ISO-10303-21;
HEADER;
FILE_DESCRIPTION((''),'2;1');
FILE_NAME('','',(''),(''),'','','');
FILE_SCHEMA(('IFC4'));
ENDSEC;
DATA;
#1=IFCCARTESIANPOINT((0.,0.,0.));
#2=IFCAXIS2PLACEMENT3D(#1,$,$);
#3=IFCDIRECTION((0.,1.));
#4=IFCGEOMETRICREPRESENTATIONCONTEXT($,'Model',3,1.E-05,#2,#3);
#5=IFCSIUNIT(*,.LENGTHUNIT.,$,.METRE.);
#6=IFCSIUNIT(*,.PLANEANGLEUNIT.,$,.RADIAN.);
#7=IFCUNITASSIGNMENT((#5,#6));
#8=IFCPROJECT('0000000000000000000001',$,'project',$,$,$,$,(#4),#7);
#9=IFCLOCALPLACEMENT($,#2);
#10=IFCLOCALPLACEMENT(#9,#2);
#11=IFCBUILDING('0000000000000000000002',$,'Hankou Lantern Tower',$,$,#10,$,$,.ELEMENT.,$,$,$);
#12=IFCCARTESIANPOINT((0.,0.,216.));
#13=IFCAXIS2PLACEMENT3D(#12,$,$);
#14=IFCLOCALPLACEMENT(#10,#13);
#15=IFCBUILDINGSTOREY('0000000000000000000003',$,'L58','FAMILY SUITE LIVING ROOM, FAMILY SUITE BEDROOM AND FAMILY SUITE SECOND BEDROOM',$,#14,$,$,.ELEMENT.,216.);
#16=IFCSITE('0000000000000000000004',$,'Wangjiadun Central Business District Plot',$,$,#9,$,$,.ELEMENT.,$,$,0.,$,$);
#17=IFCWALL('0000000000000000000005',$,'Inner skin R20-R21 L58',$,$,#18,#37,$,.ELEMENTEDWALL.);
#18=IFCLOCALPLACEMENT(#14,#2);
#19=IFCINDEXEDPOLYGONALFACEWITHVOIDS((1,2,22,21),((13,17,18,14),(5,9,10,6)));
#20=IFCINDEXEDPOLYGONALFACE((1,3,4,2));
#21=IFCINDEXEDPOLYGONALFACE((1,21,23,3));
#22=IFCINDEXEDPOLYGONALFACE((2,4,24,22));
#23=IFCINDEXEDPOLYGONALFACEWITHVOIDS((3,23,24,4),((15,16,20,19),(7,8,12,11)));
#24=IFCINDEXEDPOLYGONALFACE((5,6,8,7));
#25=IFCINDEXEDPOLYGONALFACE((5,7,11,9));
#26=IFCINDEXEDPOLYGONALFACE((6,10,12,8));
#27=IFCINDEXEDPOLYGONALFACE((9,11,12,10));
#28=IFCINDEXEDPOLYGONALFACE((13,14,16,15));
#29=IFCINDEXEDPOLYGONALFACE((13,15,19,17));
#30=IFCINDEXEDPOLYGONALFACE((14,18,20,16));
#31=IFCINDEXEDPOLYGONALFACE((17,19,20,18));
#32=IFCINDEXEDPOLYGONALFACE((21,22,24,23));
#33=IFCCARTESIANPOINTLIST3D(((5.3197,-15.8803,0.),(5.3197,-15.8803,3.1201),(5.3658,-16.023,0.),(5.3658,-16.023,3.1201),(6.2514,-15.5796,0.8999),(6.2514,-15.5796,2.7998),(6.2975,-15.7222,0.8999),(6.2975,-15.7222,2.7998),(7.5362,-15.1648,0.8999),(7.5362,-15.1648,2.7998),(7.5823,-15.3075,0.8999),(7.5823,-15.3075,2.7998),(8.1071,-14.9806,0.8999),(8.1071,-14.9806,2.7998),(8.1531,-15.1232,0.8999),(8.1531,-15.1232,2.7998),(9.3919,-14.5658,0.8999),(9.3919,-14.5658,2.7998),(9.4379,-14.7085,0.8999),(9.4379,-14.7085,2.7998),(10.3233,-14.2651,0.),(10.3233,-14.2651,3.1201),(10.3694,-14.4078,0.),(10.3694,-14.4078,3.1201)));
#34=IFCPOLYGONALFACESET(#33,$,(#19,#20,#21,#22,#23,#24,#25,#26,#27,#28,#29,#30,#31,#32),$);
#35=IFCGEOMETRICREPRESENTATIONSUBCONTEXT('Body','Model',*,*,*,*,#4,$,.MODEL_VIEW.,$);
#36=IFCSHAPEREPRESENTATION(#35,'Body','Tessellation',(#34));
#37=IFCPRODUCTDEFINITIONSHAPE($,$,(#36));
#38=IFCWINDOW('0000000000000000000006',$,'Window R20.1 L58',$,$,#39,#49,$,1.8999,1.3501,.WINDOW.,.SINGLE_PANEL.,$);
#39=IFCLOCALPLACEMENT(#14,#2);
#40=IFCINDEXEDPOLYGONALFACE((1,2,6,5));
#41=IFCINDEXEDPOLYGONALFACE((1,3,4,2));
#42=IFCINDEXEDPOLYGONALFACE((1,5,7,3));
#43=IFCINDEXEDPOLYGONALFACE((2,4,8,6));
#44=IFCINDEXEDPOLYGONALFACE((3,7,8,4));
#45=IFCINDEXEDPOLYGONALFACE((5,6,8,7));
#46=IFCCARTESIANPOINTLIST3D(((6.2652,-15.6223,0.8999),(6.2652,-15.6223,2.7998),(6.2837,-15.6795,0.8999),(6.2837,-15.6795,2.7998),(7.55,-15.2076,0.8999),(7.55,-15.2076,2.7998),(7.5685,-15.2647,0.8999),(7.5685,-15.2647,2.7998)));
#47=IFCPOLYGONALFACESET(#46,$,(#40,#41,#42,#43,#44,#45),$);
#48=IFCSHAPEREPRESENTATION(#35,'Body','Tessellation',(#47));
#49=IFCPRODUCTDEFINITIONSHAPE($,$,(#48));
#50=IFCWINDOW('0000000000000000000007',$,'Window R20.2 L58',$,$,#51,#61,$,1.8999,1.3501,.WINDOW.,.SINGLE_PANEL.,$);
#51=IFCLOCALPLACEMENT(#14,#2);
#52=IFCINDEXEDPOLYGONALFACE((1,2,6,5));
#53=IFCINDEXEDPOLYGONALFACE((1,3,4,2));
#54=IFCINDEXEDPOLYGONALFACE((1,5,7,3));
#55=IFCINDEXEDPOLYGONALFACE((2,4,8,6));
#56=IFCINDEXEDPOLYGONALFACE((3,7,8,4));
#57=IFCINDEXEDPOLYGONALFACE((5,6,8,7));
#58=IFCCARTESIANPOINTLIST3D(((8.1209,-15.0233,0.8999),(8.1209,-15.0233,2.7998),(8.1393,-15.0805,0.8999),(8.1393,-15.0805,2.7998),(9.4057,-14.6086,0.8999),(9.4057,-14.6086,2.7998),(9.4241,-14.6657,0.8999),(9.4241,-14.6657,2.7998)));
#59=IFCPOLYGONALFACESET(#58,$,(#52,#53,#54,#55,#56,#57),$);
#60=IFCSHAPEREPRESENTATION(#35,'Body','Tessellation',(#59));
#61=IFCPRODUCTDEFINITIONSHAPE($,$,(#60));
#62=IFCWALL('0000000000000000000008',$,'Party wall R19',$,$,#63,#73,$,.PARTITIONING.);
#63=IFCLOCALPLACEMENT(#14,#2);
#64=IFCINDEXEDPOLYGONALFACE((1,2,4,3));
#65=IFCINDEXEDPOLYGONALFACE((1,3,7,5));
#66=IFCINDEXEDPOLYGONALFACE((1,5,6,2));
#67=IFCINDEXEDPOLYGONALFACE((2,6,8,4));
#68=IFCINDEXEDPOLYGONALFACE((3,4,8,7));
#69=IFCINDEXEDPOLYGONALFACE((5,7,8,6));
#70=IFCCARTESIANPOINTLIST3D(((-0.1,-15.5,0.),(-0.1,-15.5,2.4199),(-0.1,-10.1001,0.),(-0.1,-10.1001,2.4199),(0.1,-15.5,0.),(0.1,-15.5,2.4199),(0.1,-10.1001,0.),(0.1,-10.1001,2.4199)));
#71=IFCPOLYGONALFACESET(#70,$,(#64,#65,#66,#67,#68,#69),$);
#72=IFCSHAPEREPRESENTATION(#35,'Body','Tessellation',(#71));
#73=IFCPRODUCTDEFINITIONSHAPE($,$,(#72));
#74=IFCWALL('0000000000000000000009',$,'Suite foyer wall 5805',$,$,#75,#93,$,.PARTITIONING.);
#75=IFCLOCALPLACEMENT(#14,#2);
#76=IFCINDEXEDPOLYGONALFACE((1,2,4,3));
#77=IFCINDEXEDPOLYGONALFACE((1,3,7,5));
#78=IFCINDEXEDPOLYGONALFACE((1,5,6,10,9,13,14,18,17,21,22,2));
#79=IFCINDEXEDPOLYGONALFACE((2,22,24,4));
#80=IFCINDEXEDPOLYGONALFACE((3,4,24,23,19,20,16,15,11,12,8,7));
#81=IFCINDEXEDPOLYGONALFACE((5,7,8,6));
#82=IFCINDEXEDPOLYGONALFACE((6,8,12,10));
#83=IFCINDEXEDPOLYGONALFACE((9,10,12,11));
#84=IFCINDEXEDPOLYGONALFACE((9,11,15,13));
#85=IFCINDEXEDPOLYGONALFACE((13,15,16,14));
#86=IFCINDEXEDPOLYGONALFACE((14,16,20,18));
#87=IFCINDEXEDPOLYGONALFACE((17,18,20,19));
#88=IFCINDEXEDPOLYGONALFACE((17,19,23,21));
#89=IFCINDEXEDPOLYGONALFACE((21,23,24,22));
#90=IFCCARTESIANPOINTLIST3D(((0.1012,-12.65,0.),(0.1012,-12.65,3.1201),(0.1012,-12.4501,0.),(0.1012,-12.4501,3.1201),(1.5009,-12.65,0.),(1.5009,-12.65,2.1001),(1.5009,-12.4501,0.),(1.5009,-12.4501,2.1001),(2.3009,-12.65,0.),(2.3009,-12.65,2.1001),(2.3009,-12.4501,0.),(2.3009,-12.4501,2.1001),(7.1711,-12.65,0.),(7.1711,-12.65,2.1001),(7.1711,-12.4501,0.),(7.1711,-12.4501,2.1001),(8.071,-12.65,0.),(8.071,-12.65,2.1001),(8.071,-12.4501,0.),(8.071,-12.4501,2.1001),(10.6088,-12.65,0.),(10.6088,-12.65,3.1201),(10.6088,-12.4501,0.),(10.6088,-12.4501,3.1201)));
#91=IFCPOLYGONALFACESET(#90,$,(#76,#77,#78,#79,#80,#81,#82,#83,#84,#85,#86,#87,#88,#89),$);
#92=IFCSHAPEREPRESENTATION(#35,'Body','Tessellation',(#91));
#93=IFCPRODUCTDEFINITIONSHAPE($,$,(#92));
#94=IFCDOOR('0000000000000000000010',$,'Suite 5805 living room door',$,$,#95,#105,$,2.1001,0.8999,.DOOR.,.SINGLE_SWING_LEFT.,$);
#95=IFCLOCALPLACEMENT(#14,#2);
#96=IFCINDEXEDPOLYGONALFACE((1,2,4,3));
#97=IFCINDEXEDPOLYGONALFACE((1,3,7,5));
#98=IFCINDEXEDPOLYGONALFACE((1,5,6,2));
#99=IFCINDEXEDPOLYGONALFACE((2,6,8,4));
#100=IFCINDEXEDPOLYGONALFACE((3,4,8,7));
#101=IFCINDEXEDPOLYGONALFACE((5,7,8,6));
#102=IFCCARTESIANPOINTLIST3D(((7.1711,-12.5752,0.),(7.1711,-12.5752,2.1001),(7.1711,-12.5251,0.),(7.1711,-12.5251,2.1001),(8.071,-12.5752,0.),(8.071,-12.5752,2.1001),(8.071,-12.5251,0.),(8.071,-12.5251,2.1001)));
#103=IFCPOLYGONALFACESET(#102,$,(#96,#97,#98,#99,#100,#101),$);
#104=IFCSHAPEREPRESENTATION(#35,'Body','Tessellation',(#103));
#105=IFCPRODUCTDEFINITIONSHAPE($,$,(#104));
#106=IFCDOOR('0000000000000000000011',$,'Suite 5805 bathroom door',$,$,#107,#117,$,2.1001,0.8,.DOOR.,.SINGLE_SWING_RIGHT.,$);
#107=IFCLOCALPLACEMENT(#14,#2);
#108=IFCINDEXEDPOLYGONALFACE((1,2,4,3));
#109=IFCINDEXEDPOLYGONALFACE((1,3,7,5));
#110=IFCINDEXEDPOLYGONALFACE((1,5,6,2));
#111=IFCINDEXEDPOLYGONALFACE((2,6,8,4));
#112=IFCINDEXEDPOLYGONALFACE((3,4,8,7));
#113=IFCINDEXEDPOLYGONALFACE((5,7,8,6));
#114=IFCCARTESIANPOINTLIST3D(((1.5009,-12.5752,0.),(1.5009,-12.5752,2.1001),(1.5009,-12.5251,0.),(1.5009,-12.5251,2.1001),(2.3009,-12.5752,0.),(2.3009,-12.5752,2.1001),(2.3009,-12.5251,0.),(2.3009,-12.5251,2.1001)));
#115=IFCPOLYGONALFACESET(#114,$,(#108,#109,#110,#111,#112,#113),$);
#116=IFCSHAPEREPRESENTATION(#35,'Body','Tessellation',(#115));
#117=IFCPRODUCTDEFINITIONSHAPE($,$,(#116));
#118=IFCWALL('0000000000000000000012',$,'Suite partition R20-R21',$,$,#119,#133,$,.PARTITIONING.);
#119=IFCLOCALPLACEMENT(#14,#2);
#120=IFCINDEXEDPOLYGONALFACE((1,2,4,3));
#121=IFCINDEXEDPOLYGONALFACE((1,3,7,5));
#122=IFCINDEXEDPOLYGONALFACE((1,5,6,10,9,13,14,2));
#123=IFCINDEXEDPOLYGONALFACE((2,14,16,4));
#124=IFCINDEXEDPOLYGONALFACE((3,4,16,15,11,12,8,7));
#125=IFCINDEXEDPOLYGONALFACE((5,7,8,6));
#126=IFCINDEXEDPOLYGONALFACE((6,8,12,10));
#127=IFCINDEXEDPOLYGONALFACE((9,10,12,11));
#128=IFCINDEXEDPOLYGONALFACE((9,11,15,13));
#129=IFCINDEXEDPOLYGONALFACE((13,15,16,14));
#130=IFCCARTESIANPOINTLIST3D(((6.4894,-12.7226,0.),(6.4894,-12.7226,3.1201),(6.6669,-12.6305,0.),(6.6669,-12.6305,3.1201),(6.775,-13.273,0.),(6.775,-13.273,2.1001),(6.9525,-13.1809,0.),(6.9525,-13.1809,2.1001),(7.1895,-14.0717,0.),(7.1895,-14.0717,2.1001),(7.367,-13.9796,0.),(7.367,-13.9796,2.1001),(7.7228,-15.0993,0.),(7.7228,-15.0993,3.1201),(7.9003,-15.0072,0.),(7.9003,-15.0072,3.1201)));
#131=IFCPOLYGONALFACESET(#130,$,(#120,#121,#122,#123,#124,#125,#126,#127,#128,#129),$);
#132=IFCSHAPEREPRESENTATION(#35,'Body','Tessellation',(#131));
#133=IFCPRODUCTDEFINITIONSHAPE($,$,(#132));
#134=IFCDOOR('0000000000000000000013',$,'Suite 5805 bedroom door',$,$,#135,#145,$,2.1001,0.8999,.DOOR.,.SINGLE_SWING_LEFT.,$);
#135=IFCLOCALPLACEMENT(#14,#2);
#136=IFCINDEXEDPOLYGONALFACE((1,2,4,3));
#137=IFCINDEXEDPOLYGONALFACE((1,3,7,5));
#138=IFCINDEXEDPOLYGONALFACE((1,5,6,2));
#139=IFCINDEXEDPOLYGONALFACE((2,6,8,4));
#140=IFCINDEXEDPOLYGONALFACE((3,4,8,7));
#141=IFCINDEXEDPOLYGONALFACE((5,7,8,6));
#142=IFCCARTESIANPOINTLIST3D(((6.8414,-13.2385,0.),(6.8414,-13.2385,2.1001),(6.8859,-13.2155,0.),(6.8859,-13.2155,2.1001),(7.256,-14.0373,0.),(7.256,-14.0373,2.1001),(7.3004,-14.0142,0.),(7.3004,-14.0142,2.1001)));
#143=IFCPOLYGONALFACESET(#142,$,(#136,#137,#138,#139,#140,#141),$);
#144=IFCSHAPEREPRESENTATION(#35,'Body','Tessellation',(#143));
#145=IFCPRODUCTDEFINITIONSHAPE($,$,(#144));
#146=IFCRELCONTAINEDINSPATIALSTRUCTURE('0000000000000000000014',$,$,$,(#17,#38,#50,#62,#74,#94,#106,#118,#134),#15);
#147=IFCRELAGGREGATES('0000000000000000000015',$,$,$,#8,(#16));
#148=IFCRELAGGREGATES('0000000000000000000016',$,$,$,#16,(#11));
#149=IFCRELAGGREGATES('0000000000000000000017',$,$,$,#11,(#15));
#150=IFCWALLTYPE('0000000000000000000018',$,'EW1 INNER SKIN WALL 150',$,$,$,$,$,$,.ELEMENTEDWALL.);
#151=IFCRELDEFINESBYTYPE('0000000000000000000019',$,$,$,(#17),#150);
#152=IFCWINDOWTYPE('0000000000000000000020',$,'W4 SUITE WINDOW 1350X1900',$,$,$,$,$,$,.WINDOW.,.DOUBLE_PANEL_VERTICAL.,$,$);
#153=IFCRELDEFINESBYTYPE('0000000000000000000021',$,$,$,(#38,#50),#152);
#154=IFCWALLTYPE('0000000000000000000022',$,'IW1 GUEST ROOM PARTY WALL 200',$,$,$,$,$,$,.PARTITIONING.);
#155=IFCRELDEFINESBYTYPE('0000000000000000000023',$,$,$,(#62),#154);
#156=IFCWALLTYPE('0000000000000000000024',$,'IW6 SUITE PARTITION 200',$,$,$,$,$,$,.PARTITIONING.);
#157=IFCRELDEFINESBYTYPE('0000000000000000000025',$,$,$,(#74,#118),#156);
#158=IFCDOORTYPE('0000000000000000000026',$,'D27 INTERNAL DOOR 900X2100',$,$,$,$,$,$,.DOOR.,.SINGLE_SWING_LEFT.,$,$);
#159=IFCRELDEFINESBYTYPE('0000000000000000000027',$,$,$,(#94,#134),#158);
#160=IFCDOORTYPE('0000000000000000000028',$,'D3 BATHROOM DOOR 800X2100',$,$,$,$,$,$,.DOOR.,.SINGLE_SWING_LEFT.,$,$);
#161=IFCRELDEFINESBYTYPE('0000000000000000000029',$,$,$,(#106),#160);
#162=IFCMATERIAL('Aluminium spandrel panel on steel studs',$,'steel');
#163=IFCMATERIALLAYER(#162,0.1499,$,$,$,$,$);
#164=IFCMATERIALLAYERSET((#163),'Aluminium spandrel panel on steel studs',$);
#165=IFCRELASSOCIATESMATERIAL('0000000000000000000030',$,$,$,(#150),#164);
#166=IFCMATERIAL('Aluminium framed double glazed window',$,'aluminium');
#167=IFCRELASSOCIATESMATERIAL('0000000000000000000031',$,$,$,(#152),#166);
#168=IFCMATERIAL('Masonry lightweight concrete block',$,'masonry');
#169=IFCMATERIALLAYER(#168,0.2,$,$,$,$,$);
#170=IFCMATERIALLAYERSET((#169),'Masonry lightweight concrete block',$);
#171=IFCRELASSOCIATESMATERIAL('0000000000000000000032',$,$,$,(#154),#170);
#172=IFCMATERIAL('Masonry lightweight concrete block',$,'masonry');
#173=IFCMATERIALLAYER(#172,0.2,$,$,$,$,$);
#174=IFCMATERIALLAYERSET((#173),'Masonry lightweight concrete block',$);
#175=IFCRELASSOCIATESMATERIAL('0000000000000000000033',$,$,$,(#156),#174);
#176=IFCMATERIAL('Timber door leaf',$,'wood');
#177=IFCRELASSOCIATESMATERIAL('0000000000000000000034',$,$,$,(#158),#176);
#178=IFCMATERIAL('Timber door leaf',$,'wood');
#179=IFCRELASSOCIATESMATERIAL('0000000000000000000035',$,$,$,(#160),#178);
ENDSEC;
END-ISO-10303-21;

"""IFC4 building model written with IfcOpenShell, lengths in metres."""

from ifc_helpers import new_model, si_unit, direction, frame, frame_2d, origin, place, context, subcontext, project, spatial, rectangle, extrude, material, layer, layer_set, type_object, element, fill, save


model = new_model("IFC4")

# Units and contexts
model_context = context("Model", 3, precision=1e-05, world=origin(), true_north=direction((0.0, 1.0)))
body_context = subcontext(model_context, "Body", "Model", "MODEL_VIEW")
ifc_project = project(units=[si_unit("LENGTHUNIT", "METRE"), si_unit("PLANEANGLEUNIT", "RADIAN")], contexts=[model_context])

# Site, building, storey
site_placement = place(None, origin())
site = spatial("IfcSite", under=ifc_project, at=site_placement, Name="Wangjiadun Central Business District Plot", CompositionType="ELEMENT", RefElevation=0.0)
building_placement = place(site_placement, origin())
building = spatial("IfcBuilding", under=site, at=building_placement, Name="Hankou Lantern Tower", CompositionType="ELEMENT")
storey_placement = place(building_placement, frame((0.0, 0.0, 216.0)))
storey = spatial("IfcBuildingStorey", under=building, at=storey_placement, Name="L58", Description="FAMILY SUITE LIVING ROOM, FAMILY SUITE BEDROOM AND FAMILY SUITE SECOND BEDROOM", CompositionType="ELEMENT", Elevation=216.0)

# Wall, openings, windows
ifc_material_1 = material(Name="Aluminium spandrel panel on steel studs", Category="steel")
ifc_layer_1 = layer(ifc_material_1, 0.1499)
ifc_layer_set_1 = layer_set([ifc_layer_1], Name="Aluminium spandrel panel on steel studs")
wall_type_1 = type_object("IfcWallType", Name="EW1 INNER SKIN WALL 150", PredefinedType="ELEMENTEDWALL", material=ifc_layer_set_1)
ifc_material_2 = material(Name="Aluminium framed double glazed window", Category="aluminium")
window_type = type_object("IfcWindowType", Name="W4 SUITE WINDOW 1350X1900", PartitioningType="DOUBLE_PANEL_VERTICAL", PredefinedType="WINDOW", material=ifc_material_2)
wall_1_placement = place(storey_placement, frame((5.3428, -15.9517, 0.0), z_axis=(0.0, 0.0, 1.0), x_axis=(0.951645, 0.307201, 0.0)))
wall_1 = element("IfcWall", 1, at=wall_1_placement, inside=storey, type_object=wall_type_1, Name="Inner skin R20-R21 L58", PredefinedType="ELEMENTEDWALL", context=body_context, shape_type="SweptSolid", body=[
    extrude(rectangle(XDim=5.2578, YDim=0.1499, at=frame_2d((2.6289, 0.0))), origin(), (0.0, 0.0, 1.0), 3.1201),
])
opening_1_placement = place(wall_1_placement, frame((0.979, 0.0, 0.8999)))
opening_1 = element("IfcOpeningElement", 2, at=opening_1_placement, cuts=wall_1, PredefinedType="OPENING", context=body_context, shape_type="SweptSolid", body=[
    extrude(rectangle(XDim=1.3501, YDim=1.8999, at=frame_2d((0.675, 0.95))), frame((0.0, 0.085, 0.0), z_axis=(0.0, -1.0, 0.0), x_axis=(1.0, 0.0, 0.0)), (0.0, 0.0, 1.0), 0.1699),
])
opening_2_placement = place(wall_1_placement, frame((2.929, 0.0, 0.8999)))
opening_2 = element("IfcOpeningElement", 3, at=opening_2_placement, cuts=wall_1, PredefinedType="OPENING", context=body_context, shape_type="SweptSolid", body=[
    extrude(rectangle(XDim=1.3501, YDim=1.8999, at=frame_2d((0.675, 0.95))), frame((0.0, 0.085, 0.0), z_axis=(0.0, -1.0, 0.0), x_axis=(1.0, 0.0, 0.0)), (0.0, 0.0, 1.0), 0.1699),
])
window_1_placement = place(opening_1_placement, origin())
window_1 = element("IfcWindow", 4, at=window_1_placement, inside=storey, type_object=window_type, Name="Window R20.1 L58", OverallHeight=1.8999, OverallWidth=1.3501, PartitioningType="SINGLE_PANEL", PredefinedType="WINDOW", context=body_context, shape_type="SweptSolid", body=[
    extrude(rectangle(XDim=1.3501, YDim=1.8999, at=frame_2d((0.675, 0.95))), frame((0.0, 0.03, 0.0), z_axis=(0.0, -1.0, 0.0), x_axis=(1.0, 0.0, 0.0)), (0.0, 0.0, 1.0), 0.0601),
])
fill(opening_1, window_1)
window_2_placement = place(opening_2_placement, origin())
window_2 = element("IfcWindow", 5, at=window_2_placement, inside=storey, type_object=window_type, Name="Window R20.2 L58", OverallHeight=1.8999, OverallWidth=1.3501, PartitioningType="SINGLE_PANEL", PredefinedType="WINDOW", context=body_context, shape_type="SweptSolid", body=[
    extrude(rectangle(XDim=1.3501, YDim=1.8999, at=frame_2d((0.675, 0.95))), frame((0.0, 0.03, 0.0), z_axis=(0.0, -1.0, 0.0), x_axis=(1.0, 0.0, 0.0)), (0.0, 0.0, 1.0), 0.0601),
])
fill(opening_2, window_2)

# Wall
ifc_material_3 = material(Name="Masonry lightweight concrete block", Category="masonry")
ifc_layer_2 = layer(ifc_material_3, 0.2)
ifc_layer_set_2 = layer_set([ifc_layer_2], Name="Masonry lightweight concrete block")
wall_type_2 = type_object("IfcWallType", Name="IW1 GUEST ROOM PARTY WALL 200", PredefinedType="PARTITIONING", material=ifc_layer_set_2)
wall_2_placement = place(storey_placement, frame((0.0, -10.1001, 0.0), z_axis=(0.0, 0.0, 1.0), x_axis=(0.0, -1.0, 0.0)))
element("IfcWall", 6, at=wall_2_placement, inside=storey, type_object=wall_type_2, Name="Party wall R19", PredefinedType="PARTITIONING", context=body_context, shape_type="SweptSolid", body=[
    extrude(rectangle(XDim=5.3999, YDim=0.2, at=frame_2d((2.7, 0.0))), origin(), (0.0, 0.0, 1.0), 2.4199),
])

# Wall, openings, doors
ifc_material_4 = material(Name="Masonry lightweight concrete block", Category="masonry")
ifc_layer_3 = layer(ifc_material_4, 0.2)
ifc_layer_set_3 = layer_set([ifc_layer_3], Name="Masonry lightweight concrete block")
wall_type_3 = type_object("IfcWallType", Name="IW6 SUITE PARTITION 200", PredefinedType="PARTITIONING", material=ifc_layer_set_3)
wall_3_placement = place(storey_placement, frame((0.1011, -12.55, 0.0), z_axis=(0.0, 0.0, 1.0), x_axis=(1.0, 0.0, 0.0)))
wall_3 = element("IfcWall", 7, at=wall_3_placement, inside=storey, type_object=wall_type_3, Name="Suite foyer wall 5805", PredefinedType="PARTITIONING", context=body_context, shape_type="SweptSolid", body=[
    extrude(rectangle(XDim=10.5076, YDim=0.2, at=frame_2d((5.2539, 0.0))), origin(), (0.0, 0.0, 1.0), 3.1201),
])
opening_3_placement = place(wall_3_placement, frame((1.3999, 0.0, 0.0)))
opening_3 = element("IfcOpeningElement", 8, at=opening_3_placement, cuts=wall_3, PredefinedType="OPENING", context=body_context, shape_type="SweptSolid", body=[
    extrude(rectangle(XDim=0.8, YDim=2.1001, at=frame_2d((0.3999, 1.05))), frame((0.0, 0.1099, 0.0), z_axis=(0.0, -1.0, 0.0), x_axis=(1.0, 0.0, 0.0)), (0.0, 0.0, 1.0), 0.22),
])
opening_4_placement = place(wall_3_placement, frame((7.0701, 0.0, 0.0)))
opening_4 = element("IfcOpeningElement", 9, at=opening_4_placement, cuts=wall_3, PredefinedType="OPENING", context=body_context, shape_type="SweptSolid", body=[
    extrude(rectangle(XDim=0.8999, YDim=2.1001, at=frame_2d((0.45, 1.05))), frame((0.0, 0.1099, 0.0), z_axis=(0.0, -1.0, 0.0), x_axis=(1.0, 0.0, 0.0)), (0.0, 0.0, 1.0), 0.22),
])
ifc_material_5 = material(Name="Timber door leaf", Category="wood")
door_type_1 = type_object("IfcDoorType", Name="D27 INTERNAL DOOR 900X2100", OperationType="SINGLE_SWING_LEFT", PredefinedType="DOOR", material=ifc_material_5)
door_1_placement = place(opening_4_placement, origin())
door_1 = element("IfcDoor", 10, at=door_1_placement, inside=storey, type_object=door_type_1, Name="Suite 5805 living room door", OperationType="SINGLE_SWING_LEFT", OverallHeight=2.1001, OverallWidth=0.8999, PredefinedType="DOOR", context=body_context, shape_type="SweptSolid", body=[
    extrude(rectangle(XDim=0.8999, YDim=2.1001, at=frame_2d((0.45, 1.05))), frame((0.0, 0.0249, 0.0), z_axis=(0.0, -1.0, 0.0), x_axis=(1.0, 0.0, 0.0)), (0.0, 0.0, 1.0), 0.05),
])
fill(opening_4, door_1)
ifc_material_6 = material(Name="Timber door leaf", Category="wood")
door_type_2 = type_object("IfcDoorType", Name="D3 BATHROOM DOOR 800X2100", OperationType="SINGLE_SWING_LEFT", PredefinedType="DOOR", material=ifc_material_6)
door_2_placement = place(opening_3_placement, origin())
door_2 = element("IfcDoor", 11, at=door_2_placement, inside=storey, type_object=door_type_2, Name="Suite 5805 bathroom door", OperationType="SINGLE_SWING_RIGHT", OverallHeight=2.1001, OverallWidth=0.8, PredefinedType="DOOR", context=body_context, shape_type="SweptSolid", body=[
    extrude(rectangle(XDim=0.8, YDim=2.1001, at=frame_2d((0.3999, 1.05))), frame((0.0, 0.0249, 0.0), z_axis=(0.0, -1.0, 0.0), x_axis=(1.0, 0.0, 0.0)), (0.0, 0.0, 1.0), 0.05),
])
fill(opening_3, door_2)

# Wall, opening, door
wall_4_placement = place(storey_placement, frame((6.5781, -12.6765, 0.0), z_axis=(0.0, 0.0, 1.0), x_axis=(0.460621, -0.887597, 0.0)))
wall_4 = element("IfcWall", 12, at=wall_4_placement, inside=storey, type_object=wall_type_3, Name="Suite partition R20-R21", PredefinedType="PARTITIONING", context=body_context, shape_type="SweptSolid", body=[
    extrude(rectangle(XDim=2.6777, YDim=0.2, at=frame_2d((1.3389, 0.0))), origin(), (0.0, 0.0, 1.0), 3.1201),
])
opening_5_placement = place(wall_4_placement, frame((0.6201, 0.0, 0.0)))
opening_5 = element("IfcOpeningElement", 13, at=opening_5_placement, cuts=wall_4, PredefinedType="OPENING", context=body_context, shape_type="SweptSolid", body=[
    extrude(rectangle(XDim=0.8999, YDim=2.1001, at=frame_2d((0.45, 1.05))), frame((0.0, 0.1099, 0.0), z_axis=(0.0, -1.0, 0.0), x_axis=(1.0, 0.0, 0.0)), (0.0, 0.0, 1.0), 0.22),
])
door_3_placement = place(opening_5_placement, origin())
door_3 = element("IfcDoor", 14, at=door_3_placement, inside=storey, type_object=door_type_1, Name="Suite 5805 bedroom door", OperationType="SINGLE_SWING_LEFT", OverallHeight=2.1001, OverallWidth=0.8999, PredefinedType="DOOR", context=body_context, shape_type="SweptSolid", body=[
    extrude(rectangle(XDim=0.8999, YDim=2.1001, at=frame_2d((0.45, 1.05))), frame((0.0, 0.0249, 0.0), z_axis=(0.0, -1.0, 0.0), x_axis=(1.0, 0.0, 0.0)), (0.0, 0.0, 1.0), 0.05),
])
fill(opening_5, door_3)

save(model, "model.ifc")
